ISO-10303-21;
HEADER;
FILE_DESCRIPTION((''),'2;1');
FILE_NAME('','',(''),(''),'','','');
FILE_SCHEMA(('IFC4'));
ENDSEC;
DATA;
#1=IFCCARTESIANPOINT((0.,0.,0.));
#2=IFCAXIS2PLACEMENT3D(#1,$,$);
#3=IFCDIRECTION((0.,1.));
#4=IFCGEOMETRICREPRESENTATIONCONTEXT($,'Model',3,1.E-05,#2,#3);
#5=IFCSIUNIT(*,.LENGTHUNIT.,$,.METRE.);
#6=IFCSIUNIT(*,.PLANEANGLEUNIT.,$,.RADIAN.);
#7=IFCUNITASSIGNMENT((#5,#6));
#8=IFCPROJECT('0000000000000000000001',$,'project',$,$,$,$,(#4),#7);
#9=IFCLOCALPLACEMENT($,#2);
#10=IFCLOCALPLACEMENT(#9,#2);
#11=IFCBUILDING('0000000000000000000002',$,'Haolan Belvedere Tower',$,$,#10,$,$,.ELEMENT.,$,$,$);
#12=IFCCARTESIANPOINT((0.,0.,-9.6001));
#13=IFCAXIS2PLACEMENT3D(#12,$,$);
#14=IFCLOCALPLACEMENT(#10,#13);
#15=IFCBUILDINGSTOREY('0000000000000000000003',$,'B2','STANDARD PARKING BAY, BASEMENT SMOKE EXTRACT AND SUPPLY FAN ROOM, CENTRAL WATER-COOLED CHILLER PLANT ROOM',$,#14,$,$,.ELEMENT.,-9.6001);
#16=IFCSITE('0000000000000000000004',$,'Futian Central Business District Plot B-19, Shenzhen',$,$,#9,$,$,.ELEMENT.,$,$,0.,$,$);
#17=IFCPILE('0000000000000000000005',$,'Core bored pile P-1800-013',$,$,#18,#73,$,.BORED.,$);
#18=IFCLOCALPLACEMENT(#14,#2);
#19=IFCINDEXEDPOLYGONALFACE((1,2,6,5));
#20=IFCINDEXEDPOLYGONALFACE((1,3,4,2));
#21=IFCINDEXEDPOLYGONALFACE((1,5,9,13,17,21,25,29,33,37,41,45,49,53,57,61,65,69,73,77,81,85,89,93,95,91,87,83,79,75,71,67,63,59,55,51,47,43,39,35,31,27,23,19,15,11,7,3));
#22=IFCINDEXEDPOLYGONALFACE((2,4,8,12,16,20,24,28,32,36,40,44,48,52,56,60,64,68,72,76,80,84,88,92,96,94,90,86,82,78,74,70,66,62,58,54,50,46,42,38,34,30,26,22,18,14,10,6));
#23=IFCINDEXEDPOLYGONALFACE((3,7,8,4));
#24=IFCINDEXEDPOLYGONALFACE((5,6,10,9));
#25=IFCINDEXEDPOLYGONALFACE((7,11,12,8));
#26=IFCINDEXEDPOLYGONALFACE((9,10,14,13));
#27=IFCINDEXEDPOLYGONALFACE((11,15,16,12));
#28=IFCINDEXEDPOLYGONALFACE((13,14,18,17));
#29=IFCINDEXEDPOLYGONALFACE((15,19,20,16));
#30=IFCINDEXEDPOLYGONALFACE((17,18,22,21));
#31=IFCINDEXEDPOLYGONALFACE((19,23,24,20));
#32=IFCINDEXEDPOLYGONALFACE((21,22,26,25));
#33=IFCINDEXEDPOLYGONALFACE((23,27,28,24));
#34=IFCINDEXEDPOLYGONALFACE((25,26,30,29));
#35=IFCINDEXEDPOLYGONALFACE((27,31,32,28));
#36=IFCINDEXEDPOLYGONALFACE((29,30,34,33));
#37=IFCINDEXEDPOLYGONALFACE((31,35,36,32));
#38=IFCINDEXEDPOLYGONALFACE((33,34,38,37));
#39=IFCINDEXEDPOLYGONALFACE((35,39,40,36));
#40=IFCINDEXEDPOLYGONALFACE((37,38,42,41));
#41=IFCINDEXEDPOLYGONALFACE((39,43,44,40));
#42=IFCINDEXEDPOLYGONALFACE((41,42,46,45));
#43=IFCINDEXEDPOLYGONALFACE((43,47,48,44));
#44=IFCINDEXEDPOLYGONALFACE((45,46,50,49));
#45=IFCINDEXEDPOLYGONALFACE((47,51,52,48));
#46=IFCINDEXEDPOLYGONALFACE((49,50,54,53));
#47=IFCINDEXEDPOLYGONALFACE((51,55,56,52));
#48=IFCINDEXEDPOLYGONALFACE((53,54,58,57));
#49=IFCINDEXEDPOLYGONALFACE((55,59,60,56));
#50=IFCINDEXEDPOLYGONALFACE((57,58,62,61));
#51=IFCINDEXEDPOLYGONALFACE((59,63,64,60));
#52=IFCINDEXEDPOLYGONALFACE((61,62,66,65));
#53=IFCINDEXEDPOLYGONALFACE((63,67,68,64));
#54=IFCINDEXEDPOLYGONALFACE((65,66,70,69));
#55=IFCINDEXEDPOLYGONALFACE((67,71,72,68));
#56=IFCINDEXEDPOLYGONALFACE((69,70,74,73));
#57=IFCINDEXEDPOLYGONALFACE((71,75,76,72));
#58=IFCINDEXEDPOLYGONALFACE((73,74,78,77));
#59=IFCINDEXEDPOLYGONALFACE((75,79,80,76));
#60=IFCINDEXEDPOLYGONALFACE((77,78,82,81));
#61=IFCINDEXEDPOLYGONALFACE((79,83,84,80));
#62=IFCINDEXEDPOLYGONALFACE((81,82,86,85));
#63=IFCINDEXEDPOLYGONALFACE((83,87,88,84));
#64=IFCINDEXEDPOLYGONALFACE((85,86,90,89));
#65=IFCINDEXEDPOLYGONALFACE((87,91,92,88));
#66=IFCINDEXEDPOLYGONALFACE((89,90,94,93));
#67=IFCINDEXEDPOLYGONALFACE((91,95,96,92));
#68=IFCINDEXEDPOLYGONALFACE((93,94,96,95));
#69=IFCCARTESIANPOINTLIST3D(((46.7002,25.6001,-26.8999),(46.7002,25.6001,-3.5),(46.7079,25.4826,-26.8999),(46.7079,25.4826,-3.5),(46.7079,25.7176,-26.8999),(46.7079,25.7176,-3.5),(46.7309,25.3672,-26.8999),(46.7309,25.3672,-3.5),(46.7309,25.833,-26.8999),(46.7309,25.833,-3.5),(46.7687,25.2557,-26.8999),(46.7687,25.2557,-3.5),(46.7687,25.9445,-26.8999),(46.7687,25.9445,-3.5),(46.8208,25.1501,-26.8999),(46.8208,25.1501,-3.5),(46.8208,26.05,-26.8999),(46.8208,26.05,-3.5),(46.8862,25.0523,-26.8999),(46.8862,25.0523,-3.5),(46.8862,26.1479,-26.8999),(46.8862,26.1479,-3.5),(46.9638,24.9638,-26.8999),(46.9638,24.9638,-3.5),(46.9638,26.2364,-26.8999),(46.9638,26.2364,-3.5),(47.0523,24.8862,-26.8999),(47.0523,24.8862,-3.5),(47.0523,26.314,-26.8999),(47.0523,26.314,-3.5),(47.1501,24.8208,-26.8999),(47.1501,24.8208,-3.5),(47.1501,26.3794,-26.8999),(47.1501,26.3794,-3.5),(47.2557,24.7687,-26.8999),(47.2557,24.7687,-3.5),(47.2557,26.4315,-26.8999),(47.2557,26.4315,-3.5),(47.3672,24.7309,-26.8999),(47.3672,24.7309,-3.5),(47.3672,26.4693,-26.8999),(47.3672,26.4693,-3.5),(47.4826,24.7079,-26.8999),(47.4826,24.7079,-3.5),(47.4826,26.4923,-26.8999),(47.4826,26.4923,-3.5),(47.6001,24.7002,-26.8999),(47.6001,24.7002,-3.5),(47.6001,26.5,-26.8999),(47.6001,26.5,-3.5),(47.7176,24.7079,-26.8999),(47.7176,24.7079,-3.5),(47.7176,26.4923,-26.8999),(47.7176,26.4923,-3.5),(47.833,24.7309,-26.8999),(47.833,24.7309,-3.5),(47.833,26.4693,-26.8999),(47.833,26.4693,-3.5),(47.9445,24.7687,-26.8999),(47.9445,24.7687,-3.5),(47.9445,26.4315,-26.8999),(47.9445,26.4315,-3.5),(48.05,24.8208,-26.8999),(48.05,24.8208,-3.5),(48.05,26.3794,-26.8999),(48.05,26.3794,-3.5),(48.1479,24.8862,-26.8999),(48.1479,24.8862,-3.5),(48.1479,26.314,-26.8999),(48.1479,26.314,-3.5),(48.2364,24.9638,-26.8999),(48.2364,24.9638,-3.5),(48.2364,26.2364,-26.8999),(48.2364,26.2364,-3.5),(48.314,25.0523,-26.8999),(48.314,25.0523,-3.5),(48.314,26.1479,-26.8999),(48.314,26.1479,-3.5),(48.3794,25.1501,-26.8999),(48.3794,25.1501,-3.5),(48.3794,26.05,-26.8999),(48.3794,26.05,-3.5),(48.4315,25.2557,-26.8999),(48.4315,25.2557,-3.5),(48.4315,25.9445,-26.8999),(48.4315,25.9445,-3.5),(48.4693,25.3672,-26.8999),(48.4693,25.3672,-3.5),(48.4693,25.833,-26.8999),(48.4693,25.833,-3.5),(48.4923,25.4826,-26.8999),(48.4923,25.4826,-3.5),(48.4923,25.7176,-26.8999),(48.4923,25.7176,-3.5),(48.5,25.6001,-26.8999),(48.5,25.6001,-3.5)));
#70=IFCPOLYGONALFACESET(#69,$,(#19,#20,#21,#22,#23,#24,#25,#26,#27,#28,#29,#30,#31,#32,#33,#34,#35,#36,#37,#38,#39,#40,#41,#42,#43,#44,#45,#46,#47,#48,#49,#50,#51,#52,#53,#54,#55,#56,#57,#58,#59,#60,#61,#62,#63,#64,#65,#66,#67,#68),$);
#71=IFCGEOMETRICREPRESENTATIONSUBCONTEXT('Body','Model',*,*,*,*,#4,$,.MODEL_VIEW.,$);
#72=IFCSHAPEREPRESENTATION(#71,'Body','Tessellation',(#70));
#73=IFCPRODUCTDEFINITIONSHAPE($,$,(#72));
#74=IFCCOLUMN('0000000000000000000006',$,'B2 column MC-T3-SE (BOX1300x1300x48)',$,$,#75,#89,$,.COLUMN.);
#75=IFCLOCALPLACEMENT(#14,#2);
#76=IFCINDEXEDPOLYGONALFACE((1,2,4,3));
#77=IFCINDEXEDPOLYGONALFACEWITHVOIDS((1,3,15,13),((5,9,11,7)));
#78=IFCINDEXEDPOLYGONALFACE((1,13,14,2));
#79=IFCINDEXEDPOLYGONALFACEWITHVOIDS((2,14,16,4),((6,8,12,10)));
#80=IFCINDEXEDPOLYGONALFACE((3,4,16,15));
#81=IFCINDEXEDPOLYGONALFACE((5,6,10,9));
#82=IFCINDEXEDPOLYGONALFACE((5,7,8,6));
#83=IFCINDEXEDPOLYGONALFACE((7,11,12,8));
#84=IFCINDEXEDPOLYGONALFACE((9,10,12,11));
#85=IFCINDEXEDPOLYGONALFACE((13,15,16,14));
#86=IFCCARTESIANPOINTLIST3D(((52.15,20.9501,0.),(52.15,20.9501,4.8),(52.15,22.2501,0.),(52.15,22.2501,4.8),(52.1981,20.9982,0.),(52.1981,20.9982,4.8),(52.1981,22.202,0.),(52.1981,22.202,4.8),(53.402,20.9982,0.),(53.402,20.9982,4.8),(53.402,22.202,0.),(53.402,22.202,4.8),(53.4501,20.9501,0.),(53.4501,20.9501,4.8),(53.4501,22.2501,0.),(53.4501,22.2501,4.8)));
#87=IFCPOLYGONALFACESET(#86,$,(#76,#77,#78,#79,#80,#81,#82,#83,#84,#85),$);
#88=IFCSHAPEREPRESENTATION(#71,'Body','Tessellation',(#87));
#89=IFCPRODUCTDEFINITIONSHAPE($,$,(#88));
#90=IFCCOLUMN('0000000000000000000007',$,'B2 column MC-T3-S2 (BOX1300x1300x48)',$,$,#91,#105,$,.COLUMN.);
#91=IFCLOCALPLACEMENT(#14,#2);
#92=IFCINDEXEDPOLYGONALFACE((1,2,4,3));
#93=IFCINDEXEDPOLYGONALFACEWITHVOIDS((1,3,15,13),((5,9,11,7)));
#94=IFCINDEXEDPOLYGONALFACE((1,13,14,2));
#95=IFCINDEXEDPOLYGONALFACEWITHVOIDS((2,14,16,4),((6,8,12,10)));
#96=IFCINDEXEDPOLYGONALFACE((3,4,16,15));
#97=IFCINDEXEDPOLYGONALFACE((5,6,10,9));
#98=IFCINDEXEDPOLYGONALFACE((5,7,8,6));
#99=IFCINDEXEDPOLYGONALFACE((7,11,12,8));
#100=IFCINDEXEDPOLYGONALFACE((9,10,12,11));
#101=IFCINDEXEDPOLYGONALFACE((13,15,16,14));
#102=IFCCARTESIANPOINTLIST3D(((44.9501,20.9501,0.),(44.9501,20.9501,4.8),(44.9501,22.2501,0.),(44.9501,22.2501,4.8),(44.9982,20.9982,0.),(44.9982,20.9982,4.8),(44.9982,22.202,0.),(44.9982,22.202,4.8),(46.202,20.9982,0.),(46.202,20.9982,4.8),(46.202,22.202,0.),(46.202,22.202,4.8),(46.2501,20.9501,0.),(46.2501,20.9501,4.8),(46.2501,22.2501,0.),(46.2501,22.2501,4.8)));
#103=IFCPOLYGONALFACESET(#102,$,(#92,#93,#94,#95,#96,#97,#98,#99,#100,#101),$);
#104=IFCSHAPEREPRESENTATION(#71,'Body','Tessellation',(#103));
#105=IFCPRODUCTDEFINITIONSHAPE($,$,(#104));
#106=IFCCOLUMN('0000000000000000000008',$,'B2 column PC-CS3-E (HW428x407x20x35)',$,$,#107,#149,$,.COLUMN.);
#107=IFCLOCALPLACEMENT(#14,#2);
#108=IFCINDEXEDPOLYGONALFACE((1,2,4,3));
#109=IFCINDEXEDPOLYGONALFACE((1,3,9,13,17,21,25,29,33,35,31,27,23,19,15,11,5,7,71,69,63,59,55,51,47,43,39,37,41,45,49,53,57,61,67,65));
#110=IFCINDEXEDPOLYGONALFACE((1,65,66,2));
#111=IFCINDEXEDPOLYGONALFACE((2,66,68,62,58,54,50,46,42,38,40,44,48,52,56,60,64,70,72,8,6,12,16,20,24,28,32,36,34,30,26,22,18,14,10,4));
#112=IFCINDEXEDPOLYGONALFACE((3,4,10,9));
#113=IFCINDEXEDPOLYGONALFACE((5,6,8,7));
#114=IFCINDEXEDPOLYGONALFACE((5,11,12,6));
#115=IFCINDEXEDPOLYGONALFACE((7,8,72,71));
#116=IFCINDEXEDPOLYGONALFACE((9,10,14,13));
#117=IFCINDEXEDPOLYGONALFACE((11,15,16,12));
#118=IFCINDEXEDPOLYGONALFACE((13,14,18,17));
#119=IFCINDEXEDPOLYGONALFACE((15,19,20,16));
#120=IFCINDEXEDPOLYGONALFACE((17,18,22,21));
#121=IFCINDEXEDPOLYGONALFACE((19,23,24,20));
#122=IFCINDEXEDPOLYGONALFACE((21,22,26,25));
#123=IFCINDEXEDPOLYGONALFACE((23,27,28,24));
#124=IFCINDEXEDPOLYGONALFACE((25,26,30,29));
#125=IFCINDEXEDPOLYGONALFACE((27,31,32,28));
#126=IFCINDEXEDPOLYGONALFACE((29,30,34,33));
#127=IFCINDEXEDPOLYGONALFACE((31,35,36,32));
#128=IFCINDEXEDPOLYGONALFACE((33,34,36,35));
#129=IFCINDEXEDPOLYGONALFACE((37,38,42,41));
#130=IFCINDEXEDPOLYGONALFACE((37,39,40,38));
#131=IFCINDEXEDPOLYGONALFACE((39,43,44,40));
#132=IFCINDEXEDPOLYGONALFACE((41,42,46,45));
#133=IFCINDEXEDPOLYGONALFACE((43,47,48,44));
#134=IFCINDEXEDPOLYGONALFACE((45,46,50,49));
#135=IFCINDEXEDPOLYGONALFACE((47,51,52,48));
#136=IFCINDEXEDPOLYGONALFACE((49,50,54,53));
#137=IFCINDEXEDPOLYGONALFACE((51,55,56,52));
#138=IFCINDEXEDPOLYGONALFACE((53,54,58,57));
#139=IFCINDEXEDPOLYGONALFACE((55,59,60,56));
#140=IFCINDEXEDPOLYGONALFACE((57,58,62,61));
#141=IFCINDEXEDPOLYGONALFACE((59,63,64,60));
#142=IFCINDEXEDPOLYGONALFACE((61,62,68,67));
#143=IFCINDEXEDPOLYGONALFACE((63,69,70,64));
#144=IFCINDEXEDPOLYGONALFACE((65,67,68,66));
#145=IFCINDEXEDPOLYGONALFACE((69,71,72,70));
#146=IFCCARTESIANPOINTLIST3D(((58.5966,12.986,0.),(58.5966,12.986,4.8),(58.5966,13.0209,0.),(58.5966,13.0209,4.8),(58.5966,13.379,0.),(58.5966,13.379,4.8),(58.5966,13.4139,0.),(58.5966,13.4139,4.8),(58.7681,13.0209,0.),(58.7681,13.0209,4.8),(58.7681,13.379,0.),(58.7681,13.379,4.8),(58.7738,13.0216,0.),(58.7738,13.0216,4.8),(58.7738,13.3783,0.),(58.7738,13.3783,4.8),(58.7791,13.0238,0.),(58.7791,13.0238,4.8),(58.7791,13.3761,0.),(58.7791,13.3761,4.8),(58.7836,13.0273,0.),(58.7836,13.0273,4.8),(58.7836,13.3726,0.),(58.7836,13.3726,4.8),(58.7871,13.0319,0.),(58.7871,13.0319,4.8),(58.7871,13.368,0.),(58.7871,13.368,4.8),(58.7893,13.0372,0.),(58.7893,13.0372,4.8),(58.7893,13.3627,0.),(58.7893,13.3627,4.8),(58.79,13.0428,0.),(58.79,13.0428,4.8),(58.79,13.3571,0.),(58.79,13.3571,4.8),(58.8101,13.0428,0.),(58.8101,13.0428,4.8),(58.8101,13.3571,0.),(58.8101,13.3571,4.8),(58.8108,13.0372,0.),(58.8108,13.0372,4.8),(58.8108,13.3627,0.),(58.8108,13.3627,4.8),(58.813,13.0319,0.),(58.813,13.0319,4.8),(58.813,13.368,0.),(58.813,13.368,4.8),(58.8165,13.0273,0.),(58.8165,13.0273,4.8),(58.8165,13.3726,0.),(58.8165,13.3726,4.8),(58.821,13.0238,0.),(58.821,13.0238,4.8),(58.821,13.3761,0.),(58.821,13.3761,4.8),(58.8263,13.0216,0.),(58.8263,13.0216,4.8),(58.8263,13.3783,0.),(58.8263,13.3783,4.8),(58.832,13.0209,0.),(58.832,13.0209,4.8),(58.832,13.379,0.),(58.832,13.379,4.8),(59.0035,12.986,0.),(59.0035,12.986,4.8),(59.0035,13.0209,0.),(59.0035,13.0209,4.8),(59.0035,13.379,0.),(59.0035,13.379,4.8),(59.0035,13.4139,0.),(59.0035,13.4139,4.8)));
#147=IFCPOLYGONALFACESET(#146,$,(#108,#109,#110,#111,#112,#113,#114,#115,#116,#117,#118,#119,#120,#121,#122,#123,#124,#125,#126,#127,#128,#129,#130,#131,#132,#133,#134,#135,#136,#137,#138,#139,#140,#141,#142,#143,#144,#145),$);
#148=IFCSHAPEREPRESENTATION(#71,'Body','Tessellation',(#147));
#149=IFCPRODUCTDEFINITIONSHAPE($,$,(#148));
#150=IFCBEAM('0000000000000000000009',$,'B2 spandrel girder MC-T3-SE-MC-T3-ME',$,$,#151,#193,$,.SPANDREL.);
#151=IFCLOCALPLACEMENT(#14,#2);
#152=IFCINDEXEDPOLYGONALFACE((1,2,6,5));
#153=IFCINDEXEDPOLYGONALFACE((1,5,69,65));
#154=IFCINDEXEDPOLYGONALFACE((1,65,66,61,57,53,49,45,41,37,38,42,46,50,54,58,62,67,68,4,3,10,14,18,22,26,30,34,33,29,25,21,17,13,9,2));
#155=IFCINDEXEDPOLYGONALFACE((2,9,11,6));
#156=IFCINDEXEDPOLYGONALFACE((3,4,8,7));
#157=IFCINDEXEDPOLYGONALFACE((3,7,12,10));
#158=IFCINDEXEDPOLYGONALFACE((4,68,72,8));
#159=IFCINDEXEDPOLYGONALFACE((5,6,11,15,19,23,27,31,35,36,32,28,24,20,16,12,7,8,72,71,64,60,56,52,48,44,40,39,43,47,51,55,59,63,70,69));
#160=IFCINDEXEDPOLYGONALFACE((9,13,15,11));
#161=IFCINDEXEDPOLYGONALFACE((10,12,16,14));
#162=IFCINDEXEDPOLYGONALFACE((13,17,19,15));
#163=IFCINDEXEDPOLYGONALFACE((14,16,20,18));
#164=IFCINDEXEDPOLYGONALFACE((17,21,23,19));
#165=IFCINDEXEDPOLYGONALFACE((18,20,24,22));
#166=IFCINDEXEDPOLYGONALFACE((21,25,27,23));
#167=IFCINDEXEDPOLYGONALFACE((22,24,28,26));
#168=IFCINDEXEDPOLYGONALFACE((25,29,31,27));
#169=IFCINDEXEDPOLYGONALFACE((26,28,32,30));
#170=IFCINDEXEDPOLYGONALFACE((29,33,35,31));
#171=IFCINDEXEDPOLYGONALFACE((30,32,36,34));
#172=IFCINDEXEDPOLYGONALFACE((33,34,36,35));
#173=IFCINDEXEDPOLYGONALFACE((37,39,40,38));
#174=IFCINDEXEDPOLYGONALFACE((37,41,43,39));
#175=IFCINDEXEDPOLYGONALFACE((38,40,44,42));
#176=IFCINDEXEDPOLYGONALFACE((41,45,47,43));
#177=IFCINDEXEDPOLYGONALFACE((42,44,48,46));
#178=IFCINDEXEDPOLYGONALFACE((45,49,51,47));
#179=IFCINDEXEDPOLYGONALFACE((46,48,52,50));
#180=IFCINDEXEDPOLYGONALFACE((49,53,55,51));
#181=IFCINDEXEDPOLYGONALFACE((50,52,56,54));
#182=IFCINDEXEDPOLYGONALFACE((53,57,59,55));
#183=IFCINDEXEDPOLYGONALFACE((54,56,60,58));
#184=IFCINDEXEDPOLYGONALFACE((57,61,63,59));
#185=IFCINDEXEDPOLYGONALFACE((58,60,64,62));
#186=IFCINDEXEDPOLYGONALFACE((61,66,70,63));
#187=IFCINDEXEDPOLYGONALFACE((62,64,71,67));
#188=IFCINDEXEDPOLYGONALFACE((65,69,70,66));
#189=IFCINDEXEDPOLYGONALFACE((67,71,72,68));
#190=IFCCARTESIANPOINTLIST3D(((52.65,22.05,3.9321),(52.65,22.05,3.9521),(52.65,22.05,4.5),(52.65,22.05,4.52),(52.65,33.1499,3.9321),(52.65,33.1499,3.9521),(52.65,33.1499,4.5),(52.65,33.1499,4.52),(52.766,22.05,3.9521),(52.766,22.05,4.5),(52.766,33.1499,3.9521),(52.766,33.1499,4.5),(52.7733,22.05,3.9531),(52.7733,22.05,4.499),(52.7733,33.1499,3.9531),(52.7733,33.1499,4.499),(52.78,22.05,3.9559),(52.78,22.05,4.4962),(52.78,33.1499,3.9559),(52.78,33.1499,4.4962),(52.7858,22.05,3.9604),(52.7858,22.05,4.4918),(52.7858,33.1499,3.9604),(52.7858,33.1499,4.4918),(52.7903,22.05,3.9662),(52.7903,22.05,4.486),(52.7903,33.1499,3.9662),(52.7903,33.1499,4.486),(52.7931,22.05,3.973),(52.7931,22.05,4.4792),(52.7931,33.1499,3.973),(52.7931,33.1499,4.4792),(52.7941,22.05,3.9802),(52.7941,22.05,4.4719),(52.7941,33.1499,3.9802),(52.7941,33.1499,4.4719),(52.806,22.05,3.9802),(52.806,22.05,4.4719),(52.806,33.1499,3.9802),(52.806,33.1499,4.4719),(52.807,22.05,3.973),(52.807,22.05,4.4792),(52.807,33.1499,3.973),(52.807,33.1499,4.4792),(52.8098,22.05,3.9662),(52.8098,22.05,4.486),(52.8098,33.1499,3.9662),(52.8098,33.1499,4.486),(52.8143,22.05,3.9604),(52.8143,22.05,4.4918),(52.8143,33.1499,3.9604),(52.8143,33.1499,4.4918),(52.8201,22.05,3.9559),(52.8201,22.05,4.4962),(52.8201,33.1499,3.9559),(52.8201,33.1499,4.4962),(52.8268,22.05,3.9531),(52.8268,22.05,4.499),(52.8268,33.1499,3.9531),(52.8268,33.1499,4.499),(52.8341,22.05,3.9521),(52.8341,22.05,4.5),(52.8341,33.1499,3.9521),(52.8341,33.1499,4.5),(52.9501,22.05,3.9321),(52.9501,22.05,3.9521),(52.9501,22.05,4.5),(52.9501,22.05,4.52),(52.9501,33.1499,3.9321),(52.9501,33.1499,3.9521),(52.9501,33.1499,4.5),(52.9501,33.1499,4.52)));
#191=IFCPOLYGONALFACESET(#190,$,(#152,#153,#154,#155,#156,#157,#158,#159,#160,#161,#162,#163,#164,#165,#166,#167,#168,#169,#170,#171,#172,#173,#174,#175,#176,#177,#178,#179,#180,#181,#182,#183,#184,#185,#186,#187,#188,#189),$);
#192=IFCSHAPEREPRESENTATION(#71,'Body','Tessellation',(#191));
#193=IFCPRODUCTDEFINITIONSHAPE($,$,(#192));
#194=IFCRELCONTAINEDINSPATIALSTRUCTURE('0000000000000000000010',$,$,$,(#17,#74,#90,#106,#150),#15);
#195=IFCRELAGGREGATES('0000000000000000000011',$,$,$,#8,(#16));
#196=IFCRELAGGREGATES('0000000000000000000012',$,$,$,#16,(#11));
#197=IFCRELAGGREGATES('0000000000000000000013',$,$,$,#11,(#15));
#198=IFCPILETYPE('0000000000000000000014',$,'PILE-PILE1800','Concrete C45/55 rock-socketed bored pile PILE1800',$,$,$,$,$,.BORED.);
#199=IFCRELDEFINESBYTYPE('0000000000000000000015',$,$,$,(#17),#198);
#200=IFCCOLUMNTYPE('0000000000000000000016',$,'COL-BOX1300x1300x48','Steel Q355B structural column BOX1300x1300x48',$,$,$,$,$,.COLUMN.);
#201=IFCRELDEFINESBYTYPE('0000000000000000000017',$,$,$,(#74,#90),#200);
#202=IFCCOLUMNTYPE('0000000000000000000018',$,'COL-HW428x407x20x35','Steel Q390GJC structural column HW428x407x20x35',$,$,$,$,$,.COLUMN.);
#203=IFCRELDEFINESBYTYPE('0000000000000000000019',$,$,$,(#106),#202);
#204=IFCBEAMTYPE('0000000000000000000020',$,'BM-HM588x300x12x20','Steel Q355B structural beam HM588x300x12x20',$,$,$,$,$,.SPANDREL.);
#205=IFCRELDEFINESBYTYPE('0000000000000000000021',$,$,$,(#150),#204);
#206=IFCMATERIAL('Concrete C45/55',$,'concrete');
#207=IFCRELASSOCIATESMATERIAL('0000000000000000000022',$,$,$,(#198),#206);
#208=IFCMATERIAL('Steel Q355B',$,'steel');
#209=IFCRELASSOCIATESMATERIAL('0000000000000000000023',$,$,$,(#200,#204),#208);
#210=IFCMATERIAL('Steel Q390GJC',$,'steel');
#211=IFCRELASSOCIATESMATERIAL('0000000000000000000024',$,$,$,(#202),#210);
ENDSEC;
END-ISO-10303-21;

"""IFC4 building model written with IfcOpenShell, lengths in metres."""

from ifc_helpers import new_model, si_unit, direction, frame, origin, origin_2d, place, context, subcontext, project, spatial, hollow_rectangle, circle, i_section, extrude, material, material_profile, profile_set, type_object, element, save


model = new_model("IFC4")

# Units and contexts
model_context = context("Model", 3, precision=1e-05, world=origin(), true_north=direction((0.0, 1.0)))
body_context = subcontext(model_context, "Body", "Model", "MODEL_VIEW")
ifc_project = project(units=[si_unit("LENGTHUNIT", "METRE"), si_unit("PLANEANGLEUNIT", "RADIAN")], contexts=[model_context])

# Site, building, storey
site_placement = place(None, origin())
site = spatial("IfcSite", under=ifc_project, at=site_placement, Name="Futian Central Business District Plot B-19, Shenzhen", CompositionType="ELEMENT", RefElevation=0.0)
building_placement = place(site_placement, origin())
building = spatial("IfcBuilding", under=site, at=building_placement, Name="Haolan Belvedere Tower", CompositionType="ELEMENT")
storey_placement = place(building_placement, frame((0.0, 0.0, -9.6001)))
storey = spatial("IfcBuildingStorey", under=building, at=storey_placement, Name="B2", Description="STANDARD PARKING BAY, BASEMENT SMOKE EXTRACT AND SUPPLY FAN ROOM, CENTRAL WATER-COOLED CHILLER PLANT ROOM", CompositionType="ELEMENT", Elevation=-9.6001)

# Pile
ifc_material_1 = material(Name="Concrete C45/55", Category="concrete")
ifc_material_profile_1 = material_profile(ifc_material_1, circle(Radius=0.8999, at=origin_2d()), Name="Concrete C45/55")
ifc_profile_set_1 = profile_set([ifc_material_profile_1], Name="Concrete C45/55")
pile_type_1 = type_object("IfcPileType", Name="PILE-PILE1800", Description="Concrete C45/55 rock-socketed bored pile PILE1800", PredefinedType="BORED", material=ifc_profile_set_1)
for number, where, z_axis, x_axis, name in (
    (1, (47.6001, 25.6001, -3.5), (0.0, 0.0, -1.0), (1.0, 0.0, 0.0), "Core bored pile P-1800-013"),
):
    element("IfcPile", number, at=place(storey_placement, frame(where, z_axis=z_axis, x_axis=x_axis)), inside=storey, type_object=pile_type_1, Name=name, PredefinedType="BORED", context=body_context, shape_type="SweptSolid", body=[
        extrude(circle(Radius=0.8999, at=origin_2d()), origin(), (0.0, 0.0, 1.0), 23.3999),
    ])

# Columns
ifc_material_2 = material(Name="Steel Q355B", Category="steel")
ifc_material_profile_2 = material_profile(ifc_material_2, hollow_rectangle(XDim=1.3, YDim=1.3, WallThickness=0.0481, at=origin_2d()), Name="Steel Q355B")
ifc_profile_set_2 = profile_set([ifc_material_profile_2], Name="Steel Q355B")
column_type_1 = type_object("IfcColumnType", Name="COL-BOX1300x1300x48", Description="Steel Q355B structural column BOX1300x1300x48", PredefinedType="COLUMN", material=ifc_profile_set_2)
for number, where, z_axis, x_axis, name in (
    (2, (52.8, 21.6001, 0.0), (0.0, 0.0, 1.0), (1.0, 0.0, 0.0), "B2 column MC-T3-SE (BOX1300x1300x48)"),
    (3, (45.6001, 21.6001, 0.0), (0.0, 0.0, 1.0), (1.0, 0.0, 0.0), "B2 column MC-T3-S2 (BOX1300x1300x48)"),
):
    element("IfcColumn", number, at=place(storey_placement, frame(where, z_axis=z_axis, x_axis=x_axis)), inside=storey, type_object=column_type_1, Name=name, PredefinedType="COLUMN", context=body_context, shape_type="SweptSolid", body=[
        extrude(hollow_rectangle(XDim=1.3, YDim=1.3, WallThickness=0.0481, at=origin_2d()), origin(), (0.0, 0.0, 1.0), 4.8),
    ])
ifc_material_3 = material(Name="Steel Q390GJC", Category="steel")
ifc_material_profile_3 = material_profile(ifc_material_3, i_section(OverallWidth=0.407, OverallDepth=0.428, WebThickness=0.02, FlangeThickness=0.0349, FilletRadius=0.022, at=origin_2d()), Name="Steel Q390GJC")
ifc_profile_set_3 = profile_set([ifc_material_profile_3], Name="Steel Q390GJC")
column_type_2 = type_object("IfcColumnType", Name="COL-HW428x407x20x35", Description="Steel Q390GJC structural column HW428x407x20x35", PredefinedType="COLUMN", material=ifc_profile_set_3)
column_placement = place(storey_placement, frame((58.8, 13.2, 0.0), z_axis=(0.0, 0.0, 1.0), x_axis=(1.0, 0.0, 0.0)))
element("IfcColumn", 4, at=column_placement, inside=storey, type_object=column_type_2, Name="B2 column PC-CS3-E (HW428x407x20x35)", PredefinedType="COLUMN", context=body_context, shape_type="SweptSolid", body=[
    extrude(i_section(OverallWidth=0.407, OverallDepth=0.428, WebThickness=0.02, FlangeThickness=0.0349, FilletRadius=0.022, at=origin_2d()), origin(), (0.0, 0.0, 1.0), 4.8),
])

# Beam
ifc_material_profile_4 = material_profile(ifc_material_2, i_section(OverallWidth=0.3, OverallDepth=0.5879, WebThickness=0.012, FlangeThickness=0.02, FilletRadius=0.0281, at=origin_2d()), Name="Steel Q355B")
ifc_profile_set_4 = profile_set([ifc_material_profile_4], Name="Steel Q355B")
beam_type_1 = type_object("IfcBeamType", Name="BM-HM588x300x12x20", Description="Steel Q355B structural beam HM588x300x12x20", PredefinedType="SPANDREL", material=ifc_profile_set_4)
beam_1_placement = place(storey_placement, frame((52.8, 22.05, 4.2261), z_axis=(0.0, 1.0, 0.0), x_axis=(-1.0, 0.0, 0.0)))
element("IfcBeam", 5, at=beam_1_placement, inside=storey, type_object=beam_type_1, Name="B2 spandrel girder MC-T3-SE-MC-T3-ME", PredefinedType="SPANDREL", context=body_context, shape_type="SweptSolid", body=[
    extrude(i_section(OverallWidth=0.3, OverallDepth=0.5879, WebThickness=0.012, FlangeThickness=0.02, FilletRadius=0.0281, at=origin_2d()), origin(), (0.0, 0.0, 1.0), 11.0999),
])

save(model, "model.ifc")
